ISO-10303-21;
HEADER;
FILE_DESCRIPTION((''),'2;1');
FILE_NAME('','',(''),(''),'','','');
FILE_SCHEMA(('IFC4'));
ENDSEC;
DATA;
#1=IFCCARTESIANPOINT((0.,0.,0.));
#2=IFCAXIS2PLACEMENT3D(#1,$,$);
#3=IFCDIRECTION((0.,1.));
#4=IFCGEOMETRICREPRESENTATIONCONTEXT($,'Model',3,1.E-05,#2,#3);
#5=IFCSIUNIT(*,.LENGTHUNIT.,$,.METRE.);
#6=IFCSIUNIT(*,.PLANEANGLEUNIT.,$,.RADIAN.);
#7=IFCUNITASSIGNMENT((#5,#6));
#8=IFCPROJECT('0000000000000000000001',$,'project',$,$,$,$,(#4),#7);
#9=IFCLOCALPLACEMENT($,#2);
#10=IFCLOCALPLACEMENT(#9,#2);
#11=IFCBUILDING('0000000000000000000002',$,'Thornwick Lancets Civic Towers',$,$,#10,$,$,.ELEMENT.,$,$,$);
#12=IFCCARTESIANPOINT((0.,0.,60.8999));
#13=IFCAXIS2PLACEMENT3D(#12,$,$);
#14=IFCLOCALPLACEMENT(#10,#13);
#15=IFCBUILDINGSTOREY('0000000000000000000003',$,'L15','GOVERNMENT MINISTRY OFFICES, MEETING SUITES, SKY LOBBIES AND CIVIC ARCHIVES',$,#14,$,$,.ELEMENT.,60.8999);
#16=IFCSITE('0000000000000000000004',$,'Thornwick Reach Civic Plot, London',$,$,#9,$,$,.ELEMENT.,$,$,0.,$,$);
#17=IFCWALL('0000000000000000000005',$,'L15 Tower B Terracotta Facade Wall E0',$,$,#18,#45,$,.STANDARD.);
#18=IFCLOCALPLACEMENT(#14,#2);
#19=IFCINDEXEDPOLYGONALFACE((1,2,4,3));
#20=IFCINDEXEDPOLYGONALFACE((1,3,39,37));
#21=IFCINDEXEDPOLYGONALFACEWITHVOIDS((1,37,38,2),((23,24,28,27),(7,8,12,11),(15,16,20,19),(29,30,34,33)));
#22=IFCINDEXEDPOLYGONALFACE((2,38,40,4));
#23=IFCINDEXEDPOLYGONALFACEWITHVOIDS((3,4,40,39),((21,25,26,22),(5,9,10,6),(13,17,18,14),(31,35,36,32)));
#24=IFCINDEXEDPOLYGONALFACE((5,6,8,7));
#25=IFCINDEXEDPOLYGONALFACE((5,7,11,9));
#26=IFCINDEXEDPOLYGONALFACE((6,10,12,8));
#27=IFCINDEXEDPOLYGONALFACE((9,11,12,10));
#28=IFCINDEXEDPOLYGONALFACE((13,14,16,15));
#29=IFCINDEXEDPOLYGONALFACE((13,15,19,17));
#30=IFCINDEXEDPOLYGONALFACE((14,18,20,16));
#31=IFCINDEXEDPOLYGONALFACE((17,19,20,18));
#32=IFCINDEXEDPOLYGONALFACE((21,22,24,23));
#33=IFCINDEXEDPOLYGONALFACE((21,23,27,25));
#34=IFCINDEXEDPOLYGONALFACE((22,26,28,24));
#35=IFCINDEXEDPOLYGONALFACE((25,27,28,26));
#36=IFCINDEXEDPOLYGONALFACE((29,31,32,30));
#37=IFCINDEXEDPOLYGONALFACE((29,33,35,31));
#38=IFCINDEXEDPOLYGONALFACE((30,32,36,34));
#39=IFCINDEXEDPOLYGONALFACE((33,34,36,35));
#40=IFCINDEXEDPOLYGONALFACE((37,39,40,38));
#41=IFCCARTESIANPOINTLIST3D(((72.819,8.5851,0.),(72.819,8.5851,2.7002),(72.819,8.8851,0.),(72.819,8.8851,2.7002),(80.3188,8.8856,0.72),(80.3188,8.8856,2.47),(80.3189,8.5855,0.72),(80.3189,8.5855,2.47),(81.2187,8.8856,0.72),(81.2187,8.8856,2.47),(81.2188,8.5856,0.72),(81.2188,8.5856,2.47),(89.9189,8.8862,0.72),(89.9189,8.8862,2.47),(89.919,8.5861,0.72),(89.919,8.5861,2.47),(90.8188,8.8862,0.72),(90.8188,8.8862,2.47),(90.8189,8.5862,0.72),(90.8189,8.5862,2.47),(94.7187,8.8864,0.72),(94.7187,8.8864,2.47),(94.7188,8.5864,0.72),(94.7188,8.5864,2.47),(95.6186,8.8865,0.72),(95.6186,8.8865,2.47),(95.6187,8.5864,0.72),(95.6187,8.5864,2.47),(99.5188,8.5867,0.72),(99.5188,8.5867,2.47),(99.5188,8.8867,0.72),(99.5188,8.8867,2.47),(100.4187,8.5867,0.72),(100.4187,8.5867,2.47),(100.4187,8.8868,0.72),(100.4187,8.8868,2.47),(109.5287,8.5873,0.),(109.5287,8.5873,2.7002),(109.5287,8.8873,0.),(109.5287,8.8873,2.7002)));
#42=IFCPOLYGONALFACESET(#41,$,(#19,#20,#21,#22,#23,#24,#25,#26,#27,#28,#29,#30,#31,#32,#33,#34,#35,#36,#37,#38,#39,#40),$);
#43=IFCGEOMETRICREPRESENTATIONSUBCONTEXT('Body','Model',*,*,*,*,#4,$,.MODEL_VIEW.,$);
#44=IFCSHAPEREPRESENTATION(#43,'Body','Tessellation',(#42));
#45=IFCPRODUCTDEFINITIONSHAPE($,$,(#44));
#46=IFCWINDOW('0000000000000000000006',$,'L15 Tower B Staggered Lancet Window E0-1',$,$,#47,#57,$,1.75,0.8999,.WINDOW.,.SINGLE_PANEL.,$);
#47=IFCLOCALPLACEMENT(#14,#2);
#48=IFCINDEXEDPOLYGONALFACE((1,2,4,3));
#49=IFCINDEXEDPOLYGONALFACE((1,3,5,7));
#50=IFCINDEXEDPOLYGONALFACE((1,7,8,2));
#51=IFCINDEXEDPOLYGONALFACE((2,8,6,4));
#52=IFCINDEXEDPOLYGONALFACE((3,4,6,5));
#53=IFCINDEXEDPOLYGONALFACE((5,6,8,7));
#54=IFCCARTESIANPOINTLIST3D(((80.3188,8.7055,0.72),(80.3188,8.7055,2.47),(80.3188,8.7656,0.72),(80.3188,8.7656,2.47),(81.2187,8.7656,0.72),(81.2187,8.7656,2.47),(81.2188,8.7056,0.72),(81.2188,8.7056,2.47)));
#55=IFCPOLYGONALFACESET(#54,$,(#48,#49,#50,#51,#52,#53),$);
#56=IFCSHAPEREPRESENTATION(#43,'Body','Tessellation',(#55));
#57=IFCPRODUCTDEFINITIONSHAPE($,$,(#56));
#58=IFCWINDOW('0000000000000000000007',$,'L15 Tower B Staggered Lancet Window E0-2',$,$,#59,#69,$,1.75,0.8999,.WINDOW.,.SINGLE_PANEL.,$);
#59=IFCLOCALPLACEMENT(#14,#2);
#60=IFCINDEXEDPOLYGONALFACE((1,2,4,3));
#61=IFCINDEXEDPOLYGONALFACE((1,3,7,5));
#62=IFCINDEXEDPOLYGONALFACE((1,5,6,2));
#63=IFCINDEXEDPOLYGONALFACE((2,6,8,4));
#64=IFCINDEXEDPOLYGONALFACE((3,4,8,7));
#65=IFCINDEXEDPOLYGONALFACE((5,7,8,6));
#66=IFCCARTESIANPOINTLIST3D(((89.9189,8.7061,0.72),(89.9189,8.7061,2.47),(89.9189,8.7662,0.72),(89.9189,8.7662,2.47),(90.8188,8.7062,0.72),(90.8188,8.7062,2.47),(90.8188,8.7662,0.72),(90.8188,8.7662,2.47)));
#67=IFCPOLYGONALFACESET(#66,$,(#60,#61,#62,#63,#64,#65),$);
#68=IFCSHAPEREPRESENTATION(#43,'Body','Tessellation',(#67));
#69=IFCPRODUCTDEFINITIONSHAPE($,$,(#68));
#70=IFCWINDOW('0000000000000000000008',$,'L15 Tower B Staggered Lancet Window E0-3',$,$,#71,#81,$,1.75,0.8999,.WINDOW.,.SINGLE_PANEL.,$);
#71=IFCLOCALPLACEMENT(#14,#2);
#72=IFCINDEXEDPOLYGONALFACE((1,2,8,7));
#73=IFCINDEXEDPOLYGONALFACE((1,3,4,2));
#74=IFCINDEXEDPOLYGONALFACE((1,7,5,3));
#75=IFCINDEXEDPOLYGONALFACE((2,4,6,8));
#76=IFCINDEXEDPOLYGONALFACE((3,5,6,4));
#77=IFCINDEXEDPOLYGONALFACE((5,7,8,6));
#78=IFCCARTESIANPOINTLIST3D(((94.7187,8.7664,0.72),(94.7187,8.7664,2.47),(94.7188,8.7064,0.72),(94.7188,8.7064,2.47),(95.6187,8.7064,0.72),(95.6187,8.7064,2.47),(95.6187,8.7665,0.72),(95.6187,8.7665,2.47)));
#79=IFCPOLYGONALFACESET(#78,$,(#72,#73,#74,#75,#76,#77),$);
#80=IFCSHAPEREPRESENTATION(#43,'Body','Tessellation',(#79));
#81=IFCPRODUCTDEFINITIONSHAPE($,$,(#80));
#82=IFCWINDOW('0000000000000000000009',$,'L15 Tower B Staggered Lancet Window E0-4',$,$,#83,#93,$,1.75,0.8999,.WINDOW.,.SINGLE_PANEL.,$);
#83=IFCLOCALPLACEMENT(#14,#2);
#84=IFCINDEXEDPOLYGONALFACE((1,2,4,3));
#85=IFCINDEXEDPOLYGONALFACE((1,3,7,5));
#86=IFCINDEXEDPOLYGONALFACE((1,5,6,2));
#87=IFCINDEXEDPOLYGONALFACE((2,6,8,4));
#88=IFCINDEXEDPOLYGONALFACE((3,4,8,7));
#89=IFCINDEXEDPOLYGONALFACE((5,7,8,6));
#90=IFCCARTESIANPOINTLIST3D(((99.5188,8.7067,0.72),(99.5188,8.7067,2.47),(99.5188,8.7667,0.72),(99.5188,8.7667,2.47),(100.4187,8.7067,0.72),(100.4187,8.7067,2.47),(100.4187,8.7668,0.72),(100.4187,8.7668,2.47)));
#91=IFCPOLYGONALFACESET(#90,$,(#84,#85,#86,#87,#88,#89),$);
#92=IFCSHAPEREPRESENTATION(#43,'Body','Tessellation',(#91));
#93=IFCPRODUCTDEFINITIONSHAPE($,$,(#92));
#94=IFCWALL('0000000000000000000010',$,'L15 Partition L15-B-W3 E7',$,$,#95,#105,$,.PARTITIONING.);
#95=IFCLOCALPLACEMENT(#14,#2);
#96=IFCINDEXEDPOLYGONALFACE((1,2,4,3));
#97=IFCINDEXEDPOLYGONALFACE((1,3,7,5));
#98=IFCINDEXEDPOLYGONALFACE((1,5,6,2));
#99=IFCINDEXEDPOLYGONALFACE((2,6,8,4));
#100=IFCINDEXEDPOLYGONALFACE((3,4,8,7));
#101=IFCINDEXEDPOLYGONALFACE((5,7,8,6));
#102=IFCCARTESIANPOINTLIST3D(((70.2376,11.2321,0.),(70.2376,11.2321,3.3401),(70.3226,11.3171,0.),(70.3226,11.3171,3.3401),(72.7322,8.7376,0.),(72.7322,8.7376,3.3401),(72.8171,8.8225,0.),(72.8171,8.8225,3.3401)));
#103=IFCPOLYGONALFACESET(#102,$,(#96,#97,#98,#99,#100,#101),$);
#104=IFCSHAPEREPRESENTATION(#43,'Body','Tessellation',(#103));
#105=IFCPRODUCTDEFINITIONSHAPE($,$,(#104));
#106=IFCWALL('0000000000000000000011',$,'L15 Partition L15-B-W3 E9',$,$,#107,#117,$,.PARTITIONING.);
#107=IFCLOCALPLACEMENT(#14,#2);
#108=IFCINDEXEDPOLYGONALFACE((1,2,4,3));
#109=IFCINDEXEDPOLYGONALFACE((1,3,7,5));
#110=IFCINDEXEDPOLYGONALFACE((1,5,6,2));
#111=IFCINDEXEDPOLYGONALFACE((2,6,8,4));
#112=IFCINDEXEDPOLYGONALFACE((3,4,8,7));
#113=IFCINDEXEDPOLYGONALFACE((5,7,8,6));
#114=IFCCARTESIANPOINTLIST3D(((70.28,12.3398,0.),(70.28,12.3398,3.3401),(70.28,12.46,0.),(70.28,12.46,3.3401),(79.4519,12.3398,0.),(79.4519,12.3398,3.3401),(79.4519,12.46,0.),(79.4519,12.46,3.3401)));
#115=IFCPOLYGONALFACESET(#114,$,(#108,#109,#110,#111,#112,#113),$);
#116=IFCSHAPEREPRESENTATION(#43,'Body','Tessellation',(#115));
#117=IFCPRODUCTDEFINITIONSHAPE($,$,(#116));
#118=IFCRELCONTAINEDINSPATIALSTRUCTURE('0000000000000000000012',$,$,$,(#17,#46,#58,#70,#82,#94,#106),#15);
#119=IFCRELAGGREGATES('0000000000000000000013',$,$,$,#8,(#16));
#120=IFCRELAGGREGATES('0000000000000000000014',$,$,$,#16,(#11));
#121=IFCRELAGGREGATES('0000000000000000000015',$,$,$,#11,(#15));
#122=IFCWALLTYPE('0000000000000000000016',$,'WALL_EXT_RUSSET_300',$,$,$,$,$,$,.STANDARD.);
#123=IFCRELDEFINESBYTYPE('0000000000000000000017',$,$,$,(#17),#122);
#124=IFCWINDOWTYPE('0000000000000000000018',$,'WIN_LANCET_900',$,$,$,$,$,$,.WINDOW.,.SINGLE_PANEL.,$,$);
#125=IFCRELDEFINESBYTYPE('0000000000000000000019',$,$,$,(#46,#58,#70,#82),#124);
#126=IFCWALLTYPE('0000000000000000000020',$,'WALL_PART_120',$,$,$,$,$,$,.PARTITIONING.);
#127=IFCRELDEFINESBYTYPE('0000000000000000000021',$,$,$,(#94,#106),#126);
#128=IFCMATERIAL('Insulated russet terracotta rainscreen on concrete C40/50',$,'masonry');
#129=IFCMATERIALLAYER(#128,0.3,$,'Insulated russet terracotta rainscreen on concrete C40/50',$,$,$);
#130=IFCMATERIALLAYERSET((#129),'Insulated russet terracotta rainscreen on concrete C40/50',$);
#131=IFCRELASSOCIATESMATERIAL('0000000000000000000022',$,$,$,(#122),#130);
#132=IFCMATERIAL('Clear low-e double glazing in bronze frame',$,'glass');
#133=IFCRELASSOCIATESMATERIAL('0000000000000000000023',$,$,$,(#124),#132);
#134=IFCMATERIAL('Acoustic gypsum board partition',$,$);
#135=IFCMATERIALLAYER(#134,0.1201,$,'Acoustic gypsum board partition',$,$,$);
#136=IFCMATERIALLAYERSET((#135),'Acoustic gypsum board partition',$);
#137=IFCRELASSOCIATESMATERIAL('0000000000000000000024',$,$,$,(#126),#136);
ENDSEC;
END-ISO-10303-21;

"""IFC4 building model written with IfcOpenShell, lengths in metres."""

from ifc_helpers import new_model, si_unit, direction, frame, frame_2d, origin, place, context, subcontext, project, spatial, rectangle, extrude, material, layer, layer_set, type_object, element, fill, save


model = new_model("IFC4")

# Units and contexts
model_context = context("Model", 3, precision=1e-05, world=origin(), true_north=direction((0.0, 1.0)))
body_context = subcontext(model_context, "Body", "Model", "MODEL_VIEW")
ifc_project = project(units=[si_unit("LENGTHUNIT", "METRE"), si_unit("PLANEANGLEUNIT", "RADIAN")], contexts=[model_context])

# Site, building, storey
site_placement = place(None, origin())
site = spatial("IfcSite", under=ifc_project, at=site_placement, Name="Thornwick Reach Civic Plot, London", CompositionType="ELEMENT", RefElevation=0.0)
building_placement = place(site_placement, origin())
building = spatial("IfcBuilding", under=site, at=building_placement, Name="Thornwick Lancets Civic Towers", CompositionType="ELEMENT")
storey_placement = place(building_placement, frame((0.0, 0.0, 60.8999)))
storey = spatial("IfcBuildingStorey", under=building, at=storey_placement, Name="L15", Description="GOVERNMENT MINISTRY OFFICES, MEETING SUITES, SKY LOBBIES AND CIVIC ARCHIVES", CompositionType="ELEMENT", Elevation=60.8999)

# Wall, openings, windows
ifc_material_1 = material(Name="Insulated russet terracotta rainscreen on concrete C40/50", Category="masonry")
ifc_layer_1 = layer(ifc_material_1, 0.3, Name="Insulated russet terracotta rainscreen on concrete C40/50")
ifc_layer_set_1 = layer_set([ifc_layer_1], Name="Insulated russet terracotta rainscreen on concrete C40/50")
wall_type_1 = type_object("IfcWallType", Name="WALL_EXT_RUSSET_300", PredefinedType="STANDARD", material=ifc_layer_set_1)
ifc_material_2 = material(Name="Clear low-e double glazing in bronze frame", Category="glass")
window_type = type_object("IfcWindowType", Name="WIN_LANCET_900", PartitioningType="SINGLE_PANEL", PredefinedType="WINDOW", material=ifc_material_2)
wall_1_placement = place(storey_placement, frame((72.8188, 8.7351, 0.0), z_axis=(0.0, 0.0, 1.0), x_axis=(1.0, 0.00006, 0.0)))
wall_1 = element("IfcWall", 1, at=wall_1_placement, inside=storey, type_object=wall_type_1, Name="L15 Tower B Terracotta Facade Wall E0", PredefinedType="STANDARD", context=body_context, shape_type="SweptSolid", body=[
    extrude(rectangle(XDim=36.7097, YDim=0.3, at=frame_2d((18.355, 0.0))), origin(), (0.0, 0.0, 1.0), 2.7002),
])
opening_1_placement = place(wall_1_placement, frame((7.5, 0.0, 0.72)))
opening_1 = element("IfcOpeningElement", 2, at=opening_1_placement, cuts=wall_1, PredefinedType="OPENING", context=body_context, shape_type="SweptSolid", body=[
    extrude(rectangle(XDim=0.8999, YDim=1.75, at=frame_2d((0.45, 0.875))), frame((0.0, 0.1602, 0.0), z_axis=(0.0, -1.0, 0.0), x_axis=(1.0, 0.0, 0.0)), (0.0, 0.0, 1.0), 0.3201),
])
opening_2_placement = place(wall_1_placement, frame((17.1001, 0.0, 0.72)))
opening_2 = element("IfcOpeningElement", 3, at=opening_2_placement, cuts=wall_1, PredefinedType="OPENING", context=body_context, shape_type="SweptSolid", body=[
    extrude(rectangle(XDim=0.8999, YDim=1.75, at=frame_2d((0.45, 0.875))), frame((0.0, 0.1602, 0.0), z_axis=(0.0, -1.0, 0.0), x_axis=(1.0, 0.0, 0.0)), (0.0, 0.0, 1.0), 0.3201),
])
opening_3_placement = place(wall_1_placement, frame((21.8999, 0.0, 0.72)))
opening_3 = element("IfcOpeningElement", 4, at=opening_3_placement, cuts=wall_1, PredefinedType="OPENING", context=body_context, shape_type="SweptSolid", body=[
    extrude(rectangle(XDim=0.8999, YDim=1.75, at=frame_2d((0.45, 0.875))), frame((0.0, 0.1602, 0.0), z_axis=(0.0, -1.0, 0.0), x_axis=(1.0, 0.0, 0.0)), (0.0, 0.0, 1.0), 0.3201),
])
opening_4_placement = place(wall_1_placement, frame((26.7, 0.0, 0.72)))
opening_4 = element("IfcOpeningElement", 5, at=opening_4_placement, cuts=wall_1, PredefinedType="OPENING", context=body_context, shape_type="SweptSolid", body=[
    extrude(rectangle(XDim=0.8999, YDim=1.75, at=frame_2d((0.45, 0.875))), frame((0.0, 0.1602, 0.0), z_axis=(0.0, -1.0, 0.0), x_axis=(1.0, 0.0, 0.0)), (0.0, 0.0, 1.0), 0.3201),
])
window_1_placement = place(opening_1_placement, origin())
window_1 = element("IfcWindow", 6, at=window_1_placement, inside=storey, type_object=window_type, Name="L15 Tower B Staggered Lancet Window E0-1", OverallHeight=1.75, OverallWidth=0.8999, PartitioningType="SINGLE_PANEL", PredefinedType="WINDOW", context=body_context, shape_type="SweptSolid", body=[
    extrude(rectangle(XDim=0.8999, YDim=1.75, at=frame_2d((0.45, 0.875))), frame((0.0, 0.03, 0.0), z_axis=(0.0, -1.0, 0.0), x_axis=(1.0, 0.0, 0.0)), (0.0, 0.0, 1.0), 0.0601),
])
fill(opening_1, window_1)
window_2_placement = place(opening_2_placement, origin())
window_2 = element("IfcWindow", 7, at=window_2_placement, inside=storey, type_object=window_type, Name="L15 Tower B Staggered Lancet Window E0-2", OverallHeight=1.75, OverallWidth=0.8999, PartitioningType="SINGLE_PANEL", PredefinedType="WINDOW", context=body_context, shape_type="SweptSolid", body=[
    extrude(rectangle(XDim=0.8999, YDim=1.75, at=frame_2d((0.45, 0.875))), frame((0.0, 0.03, 0.0), z_axis=(0.0, -1.0, 0.0), x_axis=(1.0, 0.0, 0.0)), (0.0, 0.0, 1.0), 0.0601),
])
fill(opening_2, window_2)
window_3_placement = place(opening_3_placement, origin())
window_3 = element("IfcWindow", 8, at=window_3_placement, inside=storey, type_object=window_type, Name="L15 Tower B Staggered Lancet Window E0-3", OverallHeight=1.75, OverallWidth=0.8999, PartitioningType="SINGLE_PANEL", PredefinedType="WINDOW", context=body_context, shape_type="SweptSolid", body=[
    extrude(rectangle(XDim=0.8999, YDim=1.75, at=frame_2d((0.45, 0.875))), frame((0.0, 0.03, 0.0), z_axis=(0.0, -1.0, 0.0), x_axis=(1.0, 0.0, 0.0)), (0.0, 0.0, 1.0), 0.0601),
])
fill(opening_3, window_3)
window_4_placement = place(opening_4_placement, origin())
window_4 = element("IfcWindow", 9, at=window_4_placement, inside=storey, type_object=window_type, Name="L15 Tower B Staggered Lancet Window E0-4", OverallHeight=1.75, OverallWidth=0.8999, PartitioningType="SINGLE_PANEL", PredefinedType="WINDOW", context=body_context, shape_type="SweptSolid", body=[
    extrude(rectangle(XDim=0.8999, YDim=1.75, at=frame_2d((0.45, 0.875))), frame((0.0, 0.03, 0.0), z_axis=(0.0, -1.0, 0.0), x_axis=(1.0, 0.0, 0.0)), (0.0, 0.0, 1.0), 0.0601),
])
fill(opening_4, window_4)

# Walls
ifc_material_3 = material(Name="Acoustic gypsum board partition")
ifc_layer_2 = layer(ifc_material_3, 0.1201, Name="Acoustic gypsum board partition")
ifc_layer_set_2 = layer_set([ifc_layer_2], Name="Acoustic gypsum board partition")
wall_type_2 = type_object("IfcWallType", Name="WALL_PART_120", PredefinedType="PARTITIONING", material=ifc_layer_set_2)
wall_2_placement = place(storey_placement, frame((72.7747, 8.78, 0.0), z_axis=(0.0, 0.0, 1.0), x_axis=(-0.707107, 0.707107, 0.0)))
element("IfcWall", 10, at=wall_2_placement, inside=storey, type_object=wall_type_2, Name="L15 Partition L15-B-W3 E7", PredefinedType="PARTITIONING", context=body_context, shape_type="SweptSolid", body=[
    extrude(rectangle(XDim=3.5278, YDim=0.1201, at=frame_2d((1.7639, 0.0))), origin(), (0.0, 0.0, 1.0), 3.3401),
])
wall_3_placement = place(storey_placement, frame((70.28, 12.3999, 0.0), z_axis=(0.0, 0.0, 1.0), x_axis=(1.0, 0.0, 0.0)))
element("IfcWall", 11, at=wall_3_placement, inside=storey, type_object=wall_type_2, Name="L15 Partition L15-B-W3 E9", PredefinedType="PARTITIONING", context=body_context, shape_type="SweptSolid", body=[
    extrude(rectangle(XDim=9.1719, YDim=0.1201, at=frame_2d((4.5859, 0.0))), origin(), (0.0, 0.0, 1.0), 3.3401),
])

save(model, "model.ifc")
